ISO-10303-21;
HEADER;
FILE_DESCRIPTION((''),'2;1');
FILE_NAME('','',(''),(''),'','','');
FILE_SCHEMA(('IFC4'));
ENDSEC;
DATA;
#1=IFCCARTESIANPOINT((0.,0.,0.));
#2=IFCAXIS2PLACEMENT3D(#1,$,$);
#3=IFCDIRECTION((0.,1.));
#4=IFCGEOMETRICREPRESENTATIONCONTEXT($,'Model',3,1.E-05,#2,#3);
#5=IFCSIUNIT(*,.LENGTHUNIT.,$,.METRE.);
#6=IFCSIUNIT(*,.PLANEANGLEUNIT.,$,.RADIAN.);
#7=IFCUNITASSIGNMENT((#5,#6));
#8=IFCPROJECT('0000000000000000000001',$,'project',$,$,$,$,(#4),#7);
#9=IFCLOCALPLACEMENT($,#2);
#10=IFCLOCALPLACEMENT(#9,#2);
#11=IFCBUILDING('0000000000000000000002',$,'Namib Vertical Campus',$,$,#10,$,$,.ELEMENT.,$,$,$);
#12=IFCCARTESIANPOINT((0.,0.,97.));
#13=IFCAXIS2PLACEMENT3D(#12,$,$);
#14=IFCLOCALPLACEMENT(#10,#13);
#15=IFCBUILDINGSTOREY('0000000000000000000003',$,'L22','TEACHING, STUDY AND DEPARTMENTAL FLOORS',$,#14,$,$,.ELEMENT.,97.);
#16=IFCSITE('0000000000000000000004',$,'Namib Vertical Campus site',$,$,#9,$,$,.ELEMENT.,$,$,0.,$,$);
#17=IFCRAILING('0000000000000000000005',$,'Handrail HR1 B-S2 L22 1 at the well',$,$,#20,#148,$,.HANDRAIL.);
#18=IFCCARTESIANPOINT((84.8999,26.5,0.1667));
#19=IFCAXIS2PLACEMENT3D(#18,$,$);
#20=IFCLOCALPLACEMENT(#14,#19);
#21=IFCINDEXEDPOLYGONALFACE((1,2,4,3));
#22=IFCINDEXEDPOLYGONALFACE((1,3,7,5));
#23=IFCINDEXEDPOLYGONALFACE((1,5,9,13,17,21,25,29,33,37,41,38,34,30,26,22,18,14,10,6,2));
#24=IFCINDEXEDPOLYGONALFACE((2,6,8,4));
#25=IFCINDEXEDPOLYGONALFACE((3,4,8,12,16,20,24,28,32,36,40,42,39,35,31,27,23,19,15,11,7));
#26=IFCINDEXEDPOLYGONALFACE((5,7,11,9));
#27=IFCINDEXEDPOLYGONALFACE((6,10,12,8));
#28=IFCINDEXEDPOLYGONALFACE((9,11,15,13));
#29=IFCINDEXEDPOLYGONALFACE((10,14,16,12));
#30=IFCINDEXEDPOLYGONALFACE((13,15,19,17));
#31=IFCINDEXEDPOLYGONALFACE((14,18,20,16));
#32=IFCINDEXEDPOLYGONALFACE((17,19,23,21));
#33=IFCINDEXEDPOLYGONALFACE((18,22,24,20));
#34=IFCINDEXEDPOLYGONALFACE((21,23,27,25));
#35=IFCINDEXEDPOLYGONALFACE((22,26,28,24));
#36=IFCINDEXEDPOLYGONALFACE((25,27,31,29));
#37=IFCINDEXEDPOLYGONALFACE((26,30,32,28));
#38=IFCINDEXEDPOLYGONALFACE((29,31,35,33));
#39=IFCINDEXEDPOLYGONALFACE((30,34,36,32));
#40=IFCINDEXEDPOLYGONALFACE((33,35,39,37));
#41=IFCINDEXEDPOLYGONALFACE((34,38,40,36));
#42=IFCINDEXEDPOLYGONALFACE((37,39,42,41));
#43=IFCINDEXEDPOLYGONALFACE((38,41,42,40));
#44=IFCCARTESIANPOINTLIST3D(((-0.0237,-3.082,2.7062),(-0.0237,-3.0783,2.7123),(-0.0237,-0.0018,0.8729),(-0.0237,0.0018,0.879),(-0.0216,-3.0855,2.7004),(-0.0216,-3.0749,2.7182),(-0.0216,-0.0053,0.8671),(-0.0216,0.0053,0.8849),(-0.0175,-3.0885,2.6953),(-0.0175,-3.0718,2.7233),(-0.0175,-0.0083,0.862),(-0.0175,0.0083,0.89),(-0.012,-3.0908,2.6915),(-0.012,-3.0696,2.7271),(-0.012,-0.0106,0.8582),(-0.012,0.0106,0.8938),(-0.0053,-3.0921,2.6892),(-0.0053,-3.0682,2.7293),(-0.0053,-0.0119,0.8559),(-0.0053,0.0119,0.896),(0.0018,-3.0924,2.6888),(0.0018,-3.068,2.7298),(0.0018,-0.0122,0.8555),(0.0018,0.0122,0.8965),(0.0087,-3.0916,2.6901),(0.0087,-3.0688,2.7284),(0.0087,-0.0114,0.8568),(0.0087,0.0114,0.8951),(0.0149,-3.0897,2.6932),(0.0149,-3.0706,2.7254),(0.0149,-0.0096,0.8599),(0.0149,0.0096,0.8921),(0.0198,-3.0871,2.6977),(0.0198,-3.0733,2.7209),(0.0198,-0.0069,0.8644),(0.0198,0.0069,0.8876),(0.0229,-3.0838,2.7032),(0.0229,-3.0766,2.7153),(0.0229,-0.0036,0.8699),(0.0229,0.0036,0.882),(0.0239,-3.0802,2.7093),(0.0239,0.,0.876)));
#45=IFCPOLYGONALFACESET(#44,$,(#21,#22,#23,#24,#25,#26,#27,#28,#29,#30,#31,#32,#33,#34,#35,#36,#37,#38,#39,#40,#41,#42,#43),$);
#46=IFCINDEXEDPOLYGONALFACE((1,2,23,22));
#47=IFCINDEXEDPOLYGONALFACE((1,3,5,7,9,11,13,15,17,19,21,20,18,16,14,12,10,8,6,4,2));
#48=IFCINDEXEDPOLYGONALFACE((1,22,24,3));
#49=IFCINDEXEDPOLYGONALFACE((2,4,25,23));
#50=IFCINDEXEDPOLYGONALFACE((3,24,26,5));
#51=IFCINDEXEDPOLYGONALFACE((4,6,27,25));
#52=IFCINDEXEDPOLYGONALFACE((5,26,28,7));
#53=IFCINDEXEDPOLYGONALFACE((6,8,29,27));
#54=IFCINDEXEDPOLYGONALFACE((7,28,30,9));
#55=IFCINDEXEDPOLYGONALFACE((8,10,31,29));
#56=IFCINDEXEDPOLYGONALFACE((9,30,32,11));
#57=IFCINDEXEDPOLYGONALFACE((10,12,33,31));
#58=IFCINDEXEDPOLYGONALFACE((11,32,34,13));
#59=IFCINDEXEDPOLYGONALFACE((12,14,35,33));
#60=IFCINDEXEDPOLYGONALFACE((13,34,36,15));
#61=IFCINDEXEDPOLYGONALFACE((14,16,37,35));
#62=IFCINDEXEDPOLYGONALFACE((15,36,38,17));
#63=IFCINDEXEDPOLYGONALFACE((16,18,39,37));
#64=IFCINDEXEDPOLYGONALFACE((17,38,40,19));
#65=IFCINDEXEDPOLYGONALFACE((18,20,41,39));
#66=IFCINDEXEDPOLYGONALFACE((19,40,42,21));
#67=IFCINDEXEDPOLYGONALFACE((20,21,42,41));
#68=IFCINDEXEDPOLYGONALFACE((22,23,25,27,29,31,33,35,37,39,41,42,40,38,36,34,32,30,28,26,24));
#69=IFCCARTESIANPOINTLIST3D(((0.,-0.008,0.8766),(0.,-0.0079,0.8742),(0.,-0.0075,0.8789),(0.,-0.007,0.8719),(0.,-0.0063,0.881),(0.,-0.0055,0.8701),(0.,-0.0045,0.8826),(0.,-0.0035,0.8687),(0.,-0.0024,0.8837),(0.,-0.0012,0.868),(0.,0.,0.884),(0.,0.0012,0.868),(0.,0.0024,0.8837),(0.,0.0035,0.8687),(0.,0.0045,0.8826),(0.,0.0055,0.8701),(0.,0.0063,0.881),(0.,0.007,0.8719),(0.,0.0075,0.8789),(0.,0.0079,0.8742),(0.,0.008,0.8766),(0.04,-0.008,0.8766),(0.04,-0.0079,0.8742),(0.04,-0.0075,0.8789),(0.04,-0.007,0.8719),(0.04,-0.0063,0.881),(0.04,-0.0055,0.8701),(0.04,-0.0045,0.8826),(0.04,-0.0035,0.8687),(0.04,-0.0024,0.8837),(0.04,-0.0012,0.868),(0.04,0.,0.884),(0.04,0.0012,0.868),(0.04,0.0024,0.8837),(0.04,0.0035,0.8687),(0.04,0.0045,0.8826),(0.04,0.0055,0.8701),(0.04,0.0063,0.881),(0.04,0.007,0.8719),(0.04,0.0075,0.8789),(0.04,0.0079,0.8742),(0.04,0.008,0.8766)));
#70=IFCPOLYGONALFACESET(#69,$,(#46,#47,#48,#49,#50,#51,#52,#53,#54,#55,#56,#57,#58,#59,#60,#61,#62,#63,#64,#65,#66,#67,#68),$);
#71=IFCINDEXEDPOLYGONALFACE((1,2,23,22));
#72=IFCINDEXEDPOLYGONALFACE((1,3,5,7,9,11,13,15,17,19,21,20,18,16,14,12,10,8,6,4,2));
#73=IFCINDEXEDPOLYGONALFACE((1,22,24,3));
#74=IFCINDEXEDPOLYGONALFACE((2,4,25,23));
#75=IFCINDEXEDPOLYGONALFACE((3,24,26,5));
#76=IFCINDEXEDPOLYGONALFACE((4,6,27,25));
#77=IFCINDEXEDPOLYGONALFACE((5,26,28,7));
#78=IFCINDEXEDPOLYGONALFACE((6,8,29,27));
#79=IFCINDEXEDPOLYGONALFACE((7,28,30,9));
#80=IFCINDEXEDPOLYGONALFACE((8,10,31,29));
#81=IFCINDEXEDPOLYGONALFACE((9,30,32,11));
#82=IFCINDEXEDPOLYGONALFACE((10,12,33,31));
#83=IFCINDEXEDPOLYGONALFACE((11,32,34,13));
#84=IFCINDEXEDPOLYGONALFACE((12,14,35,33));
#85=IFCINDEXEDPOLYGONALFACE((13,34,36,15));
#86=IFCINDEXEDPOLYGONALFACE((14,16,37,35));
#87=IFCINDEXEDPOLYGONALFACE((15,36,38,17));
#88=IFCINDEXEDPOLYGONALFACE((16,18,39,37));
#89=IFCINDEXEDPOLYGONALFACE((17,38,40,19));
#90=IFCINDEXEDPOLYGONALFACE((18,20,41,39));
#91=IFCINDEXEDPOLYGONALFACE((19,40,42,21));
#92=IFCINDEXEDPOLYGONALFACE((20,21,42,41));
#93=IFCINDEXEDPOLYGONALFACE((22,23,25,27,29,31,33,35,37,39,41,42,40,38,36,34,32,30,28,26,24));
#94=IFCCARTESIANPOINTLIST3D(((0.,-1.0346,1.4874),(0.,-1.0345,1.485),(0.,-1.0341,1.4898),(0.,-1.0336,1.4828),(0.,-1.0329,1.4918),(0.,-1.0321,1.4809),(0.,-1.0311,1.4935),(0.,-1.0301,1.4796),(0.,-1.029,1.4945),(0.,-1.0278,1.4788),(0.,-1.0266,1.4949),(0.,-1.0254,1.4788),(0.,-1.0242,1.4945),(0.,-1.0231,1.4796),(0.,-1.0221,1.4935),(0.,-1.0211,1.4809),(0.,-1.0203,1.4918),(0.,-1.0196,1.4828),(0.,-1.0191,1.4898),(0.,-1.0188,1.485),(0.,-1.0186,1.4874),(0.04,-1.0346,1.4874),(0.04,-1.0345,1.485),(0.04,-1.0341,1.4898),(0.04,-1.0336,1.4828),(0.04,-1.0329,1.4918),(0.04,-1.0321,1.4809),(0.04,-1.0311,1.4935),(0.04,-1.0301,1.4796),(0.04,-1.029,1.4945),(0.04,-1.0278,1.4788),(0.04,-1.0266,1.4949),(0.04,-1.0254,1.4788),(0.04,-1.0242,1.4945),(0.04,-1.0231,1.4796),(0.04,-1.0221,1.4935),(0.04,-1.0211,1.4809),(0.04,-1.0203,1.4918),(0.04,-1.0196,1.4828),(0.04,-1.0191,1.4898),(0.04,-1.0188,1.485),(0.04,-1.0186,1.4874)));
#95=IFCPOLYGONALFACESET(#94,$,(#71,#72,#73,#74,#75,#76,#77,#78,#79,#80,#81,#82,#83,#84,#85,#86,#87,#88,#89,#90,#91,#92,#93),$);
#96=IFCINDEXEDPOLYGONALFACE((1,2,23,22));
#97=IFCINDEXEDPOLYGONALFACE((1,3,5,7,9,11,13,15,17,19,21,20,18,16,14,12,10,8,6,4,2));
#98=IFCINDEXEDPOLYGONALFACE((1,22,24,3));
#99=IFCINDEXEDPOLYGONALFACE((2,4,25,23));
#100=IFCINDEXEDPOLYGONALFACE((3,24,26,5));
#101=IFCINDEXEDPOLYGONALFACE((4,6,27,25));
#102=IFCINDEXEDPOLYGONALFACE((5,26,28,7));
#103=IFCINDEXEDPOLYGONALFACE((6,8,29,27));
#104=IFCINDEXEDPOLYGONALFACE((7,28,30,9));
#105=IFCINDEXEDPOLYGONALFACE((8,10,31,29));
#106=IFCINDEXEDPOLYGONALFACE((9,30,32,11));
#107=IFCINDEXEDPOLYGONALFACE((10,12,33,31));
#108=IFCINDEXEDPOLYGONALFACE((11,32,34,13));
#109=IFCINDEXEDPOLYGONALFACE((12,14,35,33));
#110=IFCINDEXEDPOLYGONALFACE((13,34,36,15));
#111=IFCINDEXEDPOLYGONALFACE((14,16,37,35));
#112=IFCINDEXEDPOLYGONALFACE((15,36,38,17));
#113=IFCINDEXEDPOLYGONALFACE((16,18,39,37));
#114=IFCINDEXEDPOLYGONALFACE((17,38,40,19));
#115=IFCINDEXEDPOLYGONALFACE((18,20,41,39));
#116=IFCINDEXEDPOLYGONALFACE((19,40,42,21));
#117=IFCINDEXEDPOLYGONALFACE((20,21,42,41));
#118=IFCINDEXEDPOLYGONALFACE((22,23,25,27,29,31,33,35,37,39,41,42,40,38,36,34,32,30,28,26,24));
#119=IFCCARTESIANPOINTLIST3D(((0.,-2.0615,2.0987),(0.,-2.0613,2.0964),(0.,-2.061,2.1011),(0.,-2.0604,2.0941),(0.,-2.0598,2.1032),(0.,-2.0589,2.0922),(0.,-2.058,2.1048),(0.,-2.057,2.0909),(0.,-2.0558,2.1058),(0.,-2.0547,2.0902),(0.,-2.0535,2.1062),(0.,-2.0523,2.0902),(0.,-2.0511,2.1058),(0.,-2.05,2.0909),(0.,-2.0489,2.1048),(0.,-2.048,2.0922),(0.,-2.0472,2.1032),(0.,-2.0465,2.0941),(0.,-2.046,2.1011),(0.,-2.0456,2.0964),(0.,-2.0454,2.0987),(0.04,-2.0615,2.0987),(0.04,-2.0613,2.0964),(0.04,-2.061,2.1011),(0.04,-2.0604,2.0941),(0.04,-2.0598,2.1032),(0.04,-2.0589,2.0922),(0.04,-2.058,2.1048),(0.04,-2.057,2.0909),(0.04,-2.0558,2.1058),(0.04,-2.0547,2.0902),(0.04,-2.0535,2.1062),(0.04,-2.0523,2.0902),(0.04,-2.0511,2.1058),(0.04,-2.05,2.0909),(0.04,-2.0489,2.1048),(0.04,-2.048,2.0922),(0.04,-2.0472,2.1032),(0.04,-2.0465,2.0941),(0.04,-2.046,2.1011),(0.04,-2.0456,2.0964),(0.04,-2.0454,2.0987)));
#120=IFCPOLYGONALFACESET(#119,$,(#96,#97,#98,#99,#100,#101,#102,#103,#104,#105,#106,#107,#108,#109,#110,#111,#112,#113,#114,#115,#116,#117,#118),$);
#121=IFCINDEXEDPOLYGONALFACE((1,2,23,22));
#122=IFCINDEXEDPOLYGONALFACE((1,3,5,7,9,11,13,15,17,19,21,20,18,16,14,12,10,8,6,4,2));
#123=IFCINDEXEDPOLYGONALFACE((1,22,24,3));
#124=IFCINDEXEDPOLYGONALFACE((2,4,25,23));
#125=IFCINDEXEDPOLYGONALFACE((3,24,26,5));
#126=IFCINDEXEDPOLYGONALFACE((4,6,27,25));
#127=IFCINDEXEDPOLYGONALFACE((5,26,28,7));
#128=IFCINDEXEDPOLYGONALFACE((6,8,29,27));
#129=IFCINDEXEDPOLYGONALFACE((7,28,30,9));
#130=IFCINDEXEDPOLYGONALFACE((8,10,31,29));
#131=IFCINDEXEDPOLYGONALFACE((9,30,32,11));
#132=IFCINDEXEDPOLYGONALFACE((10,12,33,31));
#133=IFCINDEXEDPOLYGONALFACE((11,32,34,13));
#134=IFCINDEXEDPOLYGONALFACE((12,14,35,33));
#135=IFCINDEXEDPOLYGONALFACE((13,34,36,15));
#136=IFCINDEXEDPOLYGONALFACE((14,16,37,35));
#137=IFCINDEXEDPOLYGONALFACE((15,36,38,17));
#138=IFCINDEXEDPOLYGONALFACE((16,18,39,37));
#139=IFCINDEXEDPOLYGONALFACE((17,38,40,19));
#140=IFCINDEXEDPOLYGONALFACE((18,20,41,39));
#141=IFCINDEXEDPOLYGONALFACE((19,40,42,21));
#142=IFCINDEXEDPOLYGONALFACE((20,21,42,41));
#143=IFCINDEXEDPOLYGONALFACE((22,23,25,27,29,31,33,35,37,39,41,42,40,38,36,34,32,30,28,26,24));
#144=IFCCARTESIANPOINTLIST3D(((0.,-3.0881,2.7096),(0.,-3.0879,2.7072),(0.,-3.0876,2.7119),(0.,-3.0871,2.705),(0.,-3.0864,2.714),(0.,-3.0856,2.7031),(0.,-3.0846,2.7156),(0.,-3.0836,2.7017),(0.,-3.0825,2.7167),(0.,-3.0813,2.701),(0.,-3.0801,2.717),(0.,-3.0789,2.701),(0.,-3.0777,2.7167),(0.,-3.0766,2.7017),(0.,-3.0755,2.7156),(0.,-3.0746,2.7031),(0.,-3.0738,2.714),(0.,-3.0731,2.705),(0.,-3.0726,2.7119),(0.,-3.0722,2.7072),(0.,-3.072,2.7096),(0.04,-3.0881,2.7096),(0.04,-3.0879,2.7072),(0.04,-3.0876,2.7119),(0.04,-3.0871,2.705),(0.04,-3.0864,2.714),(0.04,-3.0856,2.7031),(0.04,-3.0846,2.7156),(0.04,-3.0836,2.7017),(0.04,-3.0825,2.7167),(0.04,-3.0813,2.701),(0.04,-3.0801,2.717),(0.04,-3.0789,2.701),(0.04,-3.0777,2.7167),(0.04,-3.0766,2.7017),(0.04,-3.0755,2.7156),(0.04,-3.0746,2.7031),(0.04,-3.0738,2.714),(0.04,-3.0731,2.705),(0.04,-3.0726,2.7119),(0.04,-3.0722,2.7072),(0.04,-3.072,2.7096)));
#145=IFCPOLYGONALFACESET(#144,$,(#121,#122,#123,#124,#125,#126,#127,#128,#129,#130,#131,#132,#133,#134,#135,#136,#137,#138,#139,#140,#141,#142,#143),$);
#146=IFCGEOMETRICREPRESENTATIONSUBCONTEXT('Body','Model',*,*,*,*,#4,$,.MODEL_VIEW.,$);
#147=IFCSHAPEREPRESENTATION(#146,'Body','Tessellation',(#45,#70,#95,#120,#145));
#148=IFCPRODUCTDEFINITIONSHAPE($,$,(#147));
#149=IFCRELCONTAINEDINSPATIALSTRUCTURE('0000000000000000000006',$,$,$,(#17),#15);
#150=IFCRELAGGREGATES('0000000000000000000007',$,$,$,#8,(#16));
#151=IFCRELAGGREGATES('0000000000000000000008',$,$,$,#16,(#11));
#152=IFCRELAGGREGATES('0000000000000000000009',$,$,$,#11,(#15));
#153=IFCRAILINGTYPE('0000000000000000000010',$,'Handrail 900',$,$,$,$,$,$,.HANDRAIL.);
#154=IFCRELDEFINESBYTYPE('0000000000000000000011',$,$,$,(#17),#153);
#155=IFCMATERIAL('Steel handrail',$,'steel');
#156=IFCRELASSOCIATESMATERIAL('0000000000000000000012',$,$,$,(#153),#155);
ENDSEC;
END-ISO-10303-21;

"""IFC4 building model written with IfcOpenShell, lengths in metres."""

from ifc_helpers import new_model, si_unit, direction, frame, origin, origin_2d, place, context, subcontext, project, spatial, circle, extrude, material, type_object, element, save


model = new_model("IFC4")

# Units and contexts
model_context = context("Model", 3, precision=1e-05, world=origin(), true_north=direction((0.0, 1.0)))
body_context = subcontext(model_context, "Body", "Model", "MODEL_VIEW")
ifc_project = project(units=[si_unit("LENGTHUNIT", "METRE"), si_unit("PLANEANGLEUNIT", "RADIAN")], contexts=[model_context])

# Site, building, storey
site_placement = place(None, origin())
site = spatial("IfcSite", under=ifc_project, at=site_placement, Name="Namib Vertical Campus site", CompositionType="ELEMENT", RefElevation=0.0)
building_placement = place(site_placement, origin())
building = spatial("IfcBuilding", under=site, at=building_placement, Name="Namib Vertical Campus", CompositionType="ELEMENT")
storey_placement = place(building_placement, frame((0.0, 0.0, 97.0)))
storey = spatial("IfcBuildingStorey", under=building, at=storey_placement, Name="L22", Description="TEACHING, STUDY AND DEPARTMENTAL FLOORS", CompositionType="ELEMENT", Elevation=97.0)

# Railing
ifc_material_1 = material(Name="Steel handrail", Category="steel")
railing_type_1 = type_object("IfcRailingType", Name="Handrail 900", PredefinedType="HANDRAIL", material=ifc_material_1)
railing_1_placement = place(storey_placement, frame((84.8999, 26.5, 0.1667)))
element("IfcRailing", 1, at=railing_1_placement, inside=storey, type_object=railing_type_1, Name="Handrail HR1 B-S2 L22 1 at the well", PredefinedType="HANDRAIL", context=body_context, shape_type="SweptSolid", body=[
    extrude(circle(Radius=0.0239, at=origin_2d()), frame((0.0, 0.0, 0.876), z_axis=(0.0, -0.859309, 0.511458), x_axis=(1.0, 0.0, 0.0)), (0.0, 0.0, 1.0), 3.5845),
    extrude(circle(Radius=0.0081, at=origin_2d()), frame((0.0, 0.0, 0.876), z_axis=(1.0, 0.0, 0.0), x_axis=(0.0, 0.0, 1.0)), (0.0, 0.0, 1.0), 0.04),
    extrude(circle(Radius=0.0081, at=origin_2d()), frame((0.0, -1.0266, 1.4868), z_axis=(1.0, 0.0, 0.0), x_axis=(0.0, 0.0, 1.0)), (0.0, 0.0, 1.0), 0.04),
    extrude(circle(Radius=0.0081, at=origin_2d()), frame((0.0, -2.0535, 2.0981), z_axis=(1.0, 0.0, 0.0), x_axis=(0.0, 0.0, 1.0)), (0.0, 0.0, 1.0), 0.04),
    extrude(circle(Radius=0.0081, at=origin_2d()), frame((0.0, -3.0801, 2.709), z_axis=(1.0, 0.0, 0.0), x_axis=(0.0, 0.0, 1.0)), (0.0, 0.0, 1.0), 0.04),
])

save(model, "model.ifc")
